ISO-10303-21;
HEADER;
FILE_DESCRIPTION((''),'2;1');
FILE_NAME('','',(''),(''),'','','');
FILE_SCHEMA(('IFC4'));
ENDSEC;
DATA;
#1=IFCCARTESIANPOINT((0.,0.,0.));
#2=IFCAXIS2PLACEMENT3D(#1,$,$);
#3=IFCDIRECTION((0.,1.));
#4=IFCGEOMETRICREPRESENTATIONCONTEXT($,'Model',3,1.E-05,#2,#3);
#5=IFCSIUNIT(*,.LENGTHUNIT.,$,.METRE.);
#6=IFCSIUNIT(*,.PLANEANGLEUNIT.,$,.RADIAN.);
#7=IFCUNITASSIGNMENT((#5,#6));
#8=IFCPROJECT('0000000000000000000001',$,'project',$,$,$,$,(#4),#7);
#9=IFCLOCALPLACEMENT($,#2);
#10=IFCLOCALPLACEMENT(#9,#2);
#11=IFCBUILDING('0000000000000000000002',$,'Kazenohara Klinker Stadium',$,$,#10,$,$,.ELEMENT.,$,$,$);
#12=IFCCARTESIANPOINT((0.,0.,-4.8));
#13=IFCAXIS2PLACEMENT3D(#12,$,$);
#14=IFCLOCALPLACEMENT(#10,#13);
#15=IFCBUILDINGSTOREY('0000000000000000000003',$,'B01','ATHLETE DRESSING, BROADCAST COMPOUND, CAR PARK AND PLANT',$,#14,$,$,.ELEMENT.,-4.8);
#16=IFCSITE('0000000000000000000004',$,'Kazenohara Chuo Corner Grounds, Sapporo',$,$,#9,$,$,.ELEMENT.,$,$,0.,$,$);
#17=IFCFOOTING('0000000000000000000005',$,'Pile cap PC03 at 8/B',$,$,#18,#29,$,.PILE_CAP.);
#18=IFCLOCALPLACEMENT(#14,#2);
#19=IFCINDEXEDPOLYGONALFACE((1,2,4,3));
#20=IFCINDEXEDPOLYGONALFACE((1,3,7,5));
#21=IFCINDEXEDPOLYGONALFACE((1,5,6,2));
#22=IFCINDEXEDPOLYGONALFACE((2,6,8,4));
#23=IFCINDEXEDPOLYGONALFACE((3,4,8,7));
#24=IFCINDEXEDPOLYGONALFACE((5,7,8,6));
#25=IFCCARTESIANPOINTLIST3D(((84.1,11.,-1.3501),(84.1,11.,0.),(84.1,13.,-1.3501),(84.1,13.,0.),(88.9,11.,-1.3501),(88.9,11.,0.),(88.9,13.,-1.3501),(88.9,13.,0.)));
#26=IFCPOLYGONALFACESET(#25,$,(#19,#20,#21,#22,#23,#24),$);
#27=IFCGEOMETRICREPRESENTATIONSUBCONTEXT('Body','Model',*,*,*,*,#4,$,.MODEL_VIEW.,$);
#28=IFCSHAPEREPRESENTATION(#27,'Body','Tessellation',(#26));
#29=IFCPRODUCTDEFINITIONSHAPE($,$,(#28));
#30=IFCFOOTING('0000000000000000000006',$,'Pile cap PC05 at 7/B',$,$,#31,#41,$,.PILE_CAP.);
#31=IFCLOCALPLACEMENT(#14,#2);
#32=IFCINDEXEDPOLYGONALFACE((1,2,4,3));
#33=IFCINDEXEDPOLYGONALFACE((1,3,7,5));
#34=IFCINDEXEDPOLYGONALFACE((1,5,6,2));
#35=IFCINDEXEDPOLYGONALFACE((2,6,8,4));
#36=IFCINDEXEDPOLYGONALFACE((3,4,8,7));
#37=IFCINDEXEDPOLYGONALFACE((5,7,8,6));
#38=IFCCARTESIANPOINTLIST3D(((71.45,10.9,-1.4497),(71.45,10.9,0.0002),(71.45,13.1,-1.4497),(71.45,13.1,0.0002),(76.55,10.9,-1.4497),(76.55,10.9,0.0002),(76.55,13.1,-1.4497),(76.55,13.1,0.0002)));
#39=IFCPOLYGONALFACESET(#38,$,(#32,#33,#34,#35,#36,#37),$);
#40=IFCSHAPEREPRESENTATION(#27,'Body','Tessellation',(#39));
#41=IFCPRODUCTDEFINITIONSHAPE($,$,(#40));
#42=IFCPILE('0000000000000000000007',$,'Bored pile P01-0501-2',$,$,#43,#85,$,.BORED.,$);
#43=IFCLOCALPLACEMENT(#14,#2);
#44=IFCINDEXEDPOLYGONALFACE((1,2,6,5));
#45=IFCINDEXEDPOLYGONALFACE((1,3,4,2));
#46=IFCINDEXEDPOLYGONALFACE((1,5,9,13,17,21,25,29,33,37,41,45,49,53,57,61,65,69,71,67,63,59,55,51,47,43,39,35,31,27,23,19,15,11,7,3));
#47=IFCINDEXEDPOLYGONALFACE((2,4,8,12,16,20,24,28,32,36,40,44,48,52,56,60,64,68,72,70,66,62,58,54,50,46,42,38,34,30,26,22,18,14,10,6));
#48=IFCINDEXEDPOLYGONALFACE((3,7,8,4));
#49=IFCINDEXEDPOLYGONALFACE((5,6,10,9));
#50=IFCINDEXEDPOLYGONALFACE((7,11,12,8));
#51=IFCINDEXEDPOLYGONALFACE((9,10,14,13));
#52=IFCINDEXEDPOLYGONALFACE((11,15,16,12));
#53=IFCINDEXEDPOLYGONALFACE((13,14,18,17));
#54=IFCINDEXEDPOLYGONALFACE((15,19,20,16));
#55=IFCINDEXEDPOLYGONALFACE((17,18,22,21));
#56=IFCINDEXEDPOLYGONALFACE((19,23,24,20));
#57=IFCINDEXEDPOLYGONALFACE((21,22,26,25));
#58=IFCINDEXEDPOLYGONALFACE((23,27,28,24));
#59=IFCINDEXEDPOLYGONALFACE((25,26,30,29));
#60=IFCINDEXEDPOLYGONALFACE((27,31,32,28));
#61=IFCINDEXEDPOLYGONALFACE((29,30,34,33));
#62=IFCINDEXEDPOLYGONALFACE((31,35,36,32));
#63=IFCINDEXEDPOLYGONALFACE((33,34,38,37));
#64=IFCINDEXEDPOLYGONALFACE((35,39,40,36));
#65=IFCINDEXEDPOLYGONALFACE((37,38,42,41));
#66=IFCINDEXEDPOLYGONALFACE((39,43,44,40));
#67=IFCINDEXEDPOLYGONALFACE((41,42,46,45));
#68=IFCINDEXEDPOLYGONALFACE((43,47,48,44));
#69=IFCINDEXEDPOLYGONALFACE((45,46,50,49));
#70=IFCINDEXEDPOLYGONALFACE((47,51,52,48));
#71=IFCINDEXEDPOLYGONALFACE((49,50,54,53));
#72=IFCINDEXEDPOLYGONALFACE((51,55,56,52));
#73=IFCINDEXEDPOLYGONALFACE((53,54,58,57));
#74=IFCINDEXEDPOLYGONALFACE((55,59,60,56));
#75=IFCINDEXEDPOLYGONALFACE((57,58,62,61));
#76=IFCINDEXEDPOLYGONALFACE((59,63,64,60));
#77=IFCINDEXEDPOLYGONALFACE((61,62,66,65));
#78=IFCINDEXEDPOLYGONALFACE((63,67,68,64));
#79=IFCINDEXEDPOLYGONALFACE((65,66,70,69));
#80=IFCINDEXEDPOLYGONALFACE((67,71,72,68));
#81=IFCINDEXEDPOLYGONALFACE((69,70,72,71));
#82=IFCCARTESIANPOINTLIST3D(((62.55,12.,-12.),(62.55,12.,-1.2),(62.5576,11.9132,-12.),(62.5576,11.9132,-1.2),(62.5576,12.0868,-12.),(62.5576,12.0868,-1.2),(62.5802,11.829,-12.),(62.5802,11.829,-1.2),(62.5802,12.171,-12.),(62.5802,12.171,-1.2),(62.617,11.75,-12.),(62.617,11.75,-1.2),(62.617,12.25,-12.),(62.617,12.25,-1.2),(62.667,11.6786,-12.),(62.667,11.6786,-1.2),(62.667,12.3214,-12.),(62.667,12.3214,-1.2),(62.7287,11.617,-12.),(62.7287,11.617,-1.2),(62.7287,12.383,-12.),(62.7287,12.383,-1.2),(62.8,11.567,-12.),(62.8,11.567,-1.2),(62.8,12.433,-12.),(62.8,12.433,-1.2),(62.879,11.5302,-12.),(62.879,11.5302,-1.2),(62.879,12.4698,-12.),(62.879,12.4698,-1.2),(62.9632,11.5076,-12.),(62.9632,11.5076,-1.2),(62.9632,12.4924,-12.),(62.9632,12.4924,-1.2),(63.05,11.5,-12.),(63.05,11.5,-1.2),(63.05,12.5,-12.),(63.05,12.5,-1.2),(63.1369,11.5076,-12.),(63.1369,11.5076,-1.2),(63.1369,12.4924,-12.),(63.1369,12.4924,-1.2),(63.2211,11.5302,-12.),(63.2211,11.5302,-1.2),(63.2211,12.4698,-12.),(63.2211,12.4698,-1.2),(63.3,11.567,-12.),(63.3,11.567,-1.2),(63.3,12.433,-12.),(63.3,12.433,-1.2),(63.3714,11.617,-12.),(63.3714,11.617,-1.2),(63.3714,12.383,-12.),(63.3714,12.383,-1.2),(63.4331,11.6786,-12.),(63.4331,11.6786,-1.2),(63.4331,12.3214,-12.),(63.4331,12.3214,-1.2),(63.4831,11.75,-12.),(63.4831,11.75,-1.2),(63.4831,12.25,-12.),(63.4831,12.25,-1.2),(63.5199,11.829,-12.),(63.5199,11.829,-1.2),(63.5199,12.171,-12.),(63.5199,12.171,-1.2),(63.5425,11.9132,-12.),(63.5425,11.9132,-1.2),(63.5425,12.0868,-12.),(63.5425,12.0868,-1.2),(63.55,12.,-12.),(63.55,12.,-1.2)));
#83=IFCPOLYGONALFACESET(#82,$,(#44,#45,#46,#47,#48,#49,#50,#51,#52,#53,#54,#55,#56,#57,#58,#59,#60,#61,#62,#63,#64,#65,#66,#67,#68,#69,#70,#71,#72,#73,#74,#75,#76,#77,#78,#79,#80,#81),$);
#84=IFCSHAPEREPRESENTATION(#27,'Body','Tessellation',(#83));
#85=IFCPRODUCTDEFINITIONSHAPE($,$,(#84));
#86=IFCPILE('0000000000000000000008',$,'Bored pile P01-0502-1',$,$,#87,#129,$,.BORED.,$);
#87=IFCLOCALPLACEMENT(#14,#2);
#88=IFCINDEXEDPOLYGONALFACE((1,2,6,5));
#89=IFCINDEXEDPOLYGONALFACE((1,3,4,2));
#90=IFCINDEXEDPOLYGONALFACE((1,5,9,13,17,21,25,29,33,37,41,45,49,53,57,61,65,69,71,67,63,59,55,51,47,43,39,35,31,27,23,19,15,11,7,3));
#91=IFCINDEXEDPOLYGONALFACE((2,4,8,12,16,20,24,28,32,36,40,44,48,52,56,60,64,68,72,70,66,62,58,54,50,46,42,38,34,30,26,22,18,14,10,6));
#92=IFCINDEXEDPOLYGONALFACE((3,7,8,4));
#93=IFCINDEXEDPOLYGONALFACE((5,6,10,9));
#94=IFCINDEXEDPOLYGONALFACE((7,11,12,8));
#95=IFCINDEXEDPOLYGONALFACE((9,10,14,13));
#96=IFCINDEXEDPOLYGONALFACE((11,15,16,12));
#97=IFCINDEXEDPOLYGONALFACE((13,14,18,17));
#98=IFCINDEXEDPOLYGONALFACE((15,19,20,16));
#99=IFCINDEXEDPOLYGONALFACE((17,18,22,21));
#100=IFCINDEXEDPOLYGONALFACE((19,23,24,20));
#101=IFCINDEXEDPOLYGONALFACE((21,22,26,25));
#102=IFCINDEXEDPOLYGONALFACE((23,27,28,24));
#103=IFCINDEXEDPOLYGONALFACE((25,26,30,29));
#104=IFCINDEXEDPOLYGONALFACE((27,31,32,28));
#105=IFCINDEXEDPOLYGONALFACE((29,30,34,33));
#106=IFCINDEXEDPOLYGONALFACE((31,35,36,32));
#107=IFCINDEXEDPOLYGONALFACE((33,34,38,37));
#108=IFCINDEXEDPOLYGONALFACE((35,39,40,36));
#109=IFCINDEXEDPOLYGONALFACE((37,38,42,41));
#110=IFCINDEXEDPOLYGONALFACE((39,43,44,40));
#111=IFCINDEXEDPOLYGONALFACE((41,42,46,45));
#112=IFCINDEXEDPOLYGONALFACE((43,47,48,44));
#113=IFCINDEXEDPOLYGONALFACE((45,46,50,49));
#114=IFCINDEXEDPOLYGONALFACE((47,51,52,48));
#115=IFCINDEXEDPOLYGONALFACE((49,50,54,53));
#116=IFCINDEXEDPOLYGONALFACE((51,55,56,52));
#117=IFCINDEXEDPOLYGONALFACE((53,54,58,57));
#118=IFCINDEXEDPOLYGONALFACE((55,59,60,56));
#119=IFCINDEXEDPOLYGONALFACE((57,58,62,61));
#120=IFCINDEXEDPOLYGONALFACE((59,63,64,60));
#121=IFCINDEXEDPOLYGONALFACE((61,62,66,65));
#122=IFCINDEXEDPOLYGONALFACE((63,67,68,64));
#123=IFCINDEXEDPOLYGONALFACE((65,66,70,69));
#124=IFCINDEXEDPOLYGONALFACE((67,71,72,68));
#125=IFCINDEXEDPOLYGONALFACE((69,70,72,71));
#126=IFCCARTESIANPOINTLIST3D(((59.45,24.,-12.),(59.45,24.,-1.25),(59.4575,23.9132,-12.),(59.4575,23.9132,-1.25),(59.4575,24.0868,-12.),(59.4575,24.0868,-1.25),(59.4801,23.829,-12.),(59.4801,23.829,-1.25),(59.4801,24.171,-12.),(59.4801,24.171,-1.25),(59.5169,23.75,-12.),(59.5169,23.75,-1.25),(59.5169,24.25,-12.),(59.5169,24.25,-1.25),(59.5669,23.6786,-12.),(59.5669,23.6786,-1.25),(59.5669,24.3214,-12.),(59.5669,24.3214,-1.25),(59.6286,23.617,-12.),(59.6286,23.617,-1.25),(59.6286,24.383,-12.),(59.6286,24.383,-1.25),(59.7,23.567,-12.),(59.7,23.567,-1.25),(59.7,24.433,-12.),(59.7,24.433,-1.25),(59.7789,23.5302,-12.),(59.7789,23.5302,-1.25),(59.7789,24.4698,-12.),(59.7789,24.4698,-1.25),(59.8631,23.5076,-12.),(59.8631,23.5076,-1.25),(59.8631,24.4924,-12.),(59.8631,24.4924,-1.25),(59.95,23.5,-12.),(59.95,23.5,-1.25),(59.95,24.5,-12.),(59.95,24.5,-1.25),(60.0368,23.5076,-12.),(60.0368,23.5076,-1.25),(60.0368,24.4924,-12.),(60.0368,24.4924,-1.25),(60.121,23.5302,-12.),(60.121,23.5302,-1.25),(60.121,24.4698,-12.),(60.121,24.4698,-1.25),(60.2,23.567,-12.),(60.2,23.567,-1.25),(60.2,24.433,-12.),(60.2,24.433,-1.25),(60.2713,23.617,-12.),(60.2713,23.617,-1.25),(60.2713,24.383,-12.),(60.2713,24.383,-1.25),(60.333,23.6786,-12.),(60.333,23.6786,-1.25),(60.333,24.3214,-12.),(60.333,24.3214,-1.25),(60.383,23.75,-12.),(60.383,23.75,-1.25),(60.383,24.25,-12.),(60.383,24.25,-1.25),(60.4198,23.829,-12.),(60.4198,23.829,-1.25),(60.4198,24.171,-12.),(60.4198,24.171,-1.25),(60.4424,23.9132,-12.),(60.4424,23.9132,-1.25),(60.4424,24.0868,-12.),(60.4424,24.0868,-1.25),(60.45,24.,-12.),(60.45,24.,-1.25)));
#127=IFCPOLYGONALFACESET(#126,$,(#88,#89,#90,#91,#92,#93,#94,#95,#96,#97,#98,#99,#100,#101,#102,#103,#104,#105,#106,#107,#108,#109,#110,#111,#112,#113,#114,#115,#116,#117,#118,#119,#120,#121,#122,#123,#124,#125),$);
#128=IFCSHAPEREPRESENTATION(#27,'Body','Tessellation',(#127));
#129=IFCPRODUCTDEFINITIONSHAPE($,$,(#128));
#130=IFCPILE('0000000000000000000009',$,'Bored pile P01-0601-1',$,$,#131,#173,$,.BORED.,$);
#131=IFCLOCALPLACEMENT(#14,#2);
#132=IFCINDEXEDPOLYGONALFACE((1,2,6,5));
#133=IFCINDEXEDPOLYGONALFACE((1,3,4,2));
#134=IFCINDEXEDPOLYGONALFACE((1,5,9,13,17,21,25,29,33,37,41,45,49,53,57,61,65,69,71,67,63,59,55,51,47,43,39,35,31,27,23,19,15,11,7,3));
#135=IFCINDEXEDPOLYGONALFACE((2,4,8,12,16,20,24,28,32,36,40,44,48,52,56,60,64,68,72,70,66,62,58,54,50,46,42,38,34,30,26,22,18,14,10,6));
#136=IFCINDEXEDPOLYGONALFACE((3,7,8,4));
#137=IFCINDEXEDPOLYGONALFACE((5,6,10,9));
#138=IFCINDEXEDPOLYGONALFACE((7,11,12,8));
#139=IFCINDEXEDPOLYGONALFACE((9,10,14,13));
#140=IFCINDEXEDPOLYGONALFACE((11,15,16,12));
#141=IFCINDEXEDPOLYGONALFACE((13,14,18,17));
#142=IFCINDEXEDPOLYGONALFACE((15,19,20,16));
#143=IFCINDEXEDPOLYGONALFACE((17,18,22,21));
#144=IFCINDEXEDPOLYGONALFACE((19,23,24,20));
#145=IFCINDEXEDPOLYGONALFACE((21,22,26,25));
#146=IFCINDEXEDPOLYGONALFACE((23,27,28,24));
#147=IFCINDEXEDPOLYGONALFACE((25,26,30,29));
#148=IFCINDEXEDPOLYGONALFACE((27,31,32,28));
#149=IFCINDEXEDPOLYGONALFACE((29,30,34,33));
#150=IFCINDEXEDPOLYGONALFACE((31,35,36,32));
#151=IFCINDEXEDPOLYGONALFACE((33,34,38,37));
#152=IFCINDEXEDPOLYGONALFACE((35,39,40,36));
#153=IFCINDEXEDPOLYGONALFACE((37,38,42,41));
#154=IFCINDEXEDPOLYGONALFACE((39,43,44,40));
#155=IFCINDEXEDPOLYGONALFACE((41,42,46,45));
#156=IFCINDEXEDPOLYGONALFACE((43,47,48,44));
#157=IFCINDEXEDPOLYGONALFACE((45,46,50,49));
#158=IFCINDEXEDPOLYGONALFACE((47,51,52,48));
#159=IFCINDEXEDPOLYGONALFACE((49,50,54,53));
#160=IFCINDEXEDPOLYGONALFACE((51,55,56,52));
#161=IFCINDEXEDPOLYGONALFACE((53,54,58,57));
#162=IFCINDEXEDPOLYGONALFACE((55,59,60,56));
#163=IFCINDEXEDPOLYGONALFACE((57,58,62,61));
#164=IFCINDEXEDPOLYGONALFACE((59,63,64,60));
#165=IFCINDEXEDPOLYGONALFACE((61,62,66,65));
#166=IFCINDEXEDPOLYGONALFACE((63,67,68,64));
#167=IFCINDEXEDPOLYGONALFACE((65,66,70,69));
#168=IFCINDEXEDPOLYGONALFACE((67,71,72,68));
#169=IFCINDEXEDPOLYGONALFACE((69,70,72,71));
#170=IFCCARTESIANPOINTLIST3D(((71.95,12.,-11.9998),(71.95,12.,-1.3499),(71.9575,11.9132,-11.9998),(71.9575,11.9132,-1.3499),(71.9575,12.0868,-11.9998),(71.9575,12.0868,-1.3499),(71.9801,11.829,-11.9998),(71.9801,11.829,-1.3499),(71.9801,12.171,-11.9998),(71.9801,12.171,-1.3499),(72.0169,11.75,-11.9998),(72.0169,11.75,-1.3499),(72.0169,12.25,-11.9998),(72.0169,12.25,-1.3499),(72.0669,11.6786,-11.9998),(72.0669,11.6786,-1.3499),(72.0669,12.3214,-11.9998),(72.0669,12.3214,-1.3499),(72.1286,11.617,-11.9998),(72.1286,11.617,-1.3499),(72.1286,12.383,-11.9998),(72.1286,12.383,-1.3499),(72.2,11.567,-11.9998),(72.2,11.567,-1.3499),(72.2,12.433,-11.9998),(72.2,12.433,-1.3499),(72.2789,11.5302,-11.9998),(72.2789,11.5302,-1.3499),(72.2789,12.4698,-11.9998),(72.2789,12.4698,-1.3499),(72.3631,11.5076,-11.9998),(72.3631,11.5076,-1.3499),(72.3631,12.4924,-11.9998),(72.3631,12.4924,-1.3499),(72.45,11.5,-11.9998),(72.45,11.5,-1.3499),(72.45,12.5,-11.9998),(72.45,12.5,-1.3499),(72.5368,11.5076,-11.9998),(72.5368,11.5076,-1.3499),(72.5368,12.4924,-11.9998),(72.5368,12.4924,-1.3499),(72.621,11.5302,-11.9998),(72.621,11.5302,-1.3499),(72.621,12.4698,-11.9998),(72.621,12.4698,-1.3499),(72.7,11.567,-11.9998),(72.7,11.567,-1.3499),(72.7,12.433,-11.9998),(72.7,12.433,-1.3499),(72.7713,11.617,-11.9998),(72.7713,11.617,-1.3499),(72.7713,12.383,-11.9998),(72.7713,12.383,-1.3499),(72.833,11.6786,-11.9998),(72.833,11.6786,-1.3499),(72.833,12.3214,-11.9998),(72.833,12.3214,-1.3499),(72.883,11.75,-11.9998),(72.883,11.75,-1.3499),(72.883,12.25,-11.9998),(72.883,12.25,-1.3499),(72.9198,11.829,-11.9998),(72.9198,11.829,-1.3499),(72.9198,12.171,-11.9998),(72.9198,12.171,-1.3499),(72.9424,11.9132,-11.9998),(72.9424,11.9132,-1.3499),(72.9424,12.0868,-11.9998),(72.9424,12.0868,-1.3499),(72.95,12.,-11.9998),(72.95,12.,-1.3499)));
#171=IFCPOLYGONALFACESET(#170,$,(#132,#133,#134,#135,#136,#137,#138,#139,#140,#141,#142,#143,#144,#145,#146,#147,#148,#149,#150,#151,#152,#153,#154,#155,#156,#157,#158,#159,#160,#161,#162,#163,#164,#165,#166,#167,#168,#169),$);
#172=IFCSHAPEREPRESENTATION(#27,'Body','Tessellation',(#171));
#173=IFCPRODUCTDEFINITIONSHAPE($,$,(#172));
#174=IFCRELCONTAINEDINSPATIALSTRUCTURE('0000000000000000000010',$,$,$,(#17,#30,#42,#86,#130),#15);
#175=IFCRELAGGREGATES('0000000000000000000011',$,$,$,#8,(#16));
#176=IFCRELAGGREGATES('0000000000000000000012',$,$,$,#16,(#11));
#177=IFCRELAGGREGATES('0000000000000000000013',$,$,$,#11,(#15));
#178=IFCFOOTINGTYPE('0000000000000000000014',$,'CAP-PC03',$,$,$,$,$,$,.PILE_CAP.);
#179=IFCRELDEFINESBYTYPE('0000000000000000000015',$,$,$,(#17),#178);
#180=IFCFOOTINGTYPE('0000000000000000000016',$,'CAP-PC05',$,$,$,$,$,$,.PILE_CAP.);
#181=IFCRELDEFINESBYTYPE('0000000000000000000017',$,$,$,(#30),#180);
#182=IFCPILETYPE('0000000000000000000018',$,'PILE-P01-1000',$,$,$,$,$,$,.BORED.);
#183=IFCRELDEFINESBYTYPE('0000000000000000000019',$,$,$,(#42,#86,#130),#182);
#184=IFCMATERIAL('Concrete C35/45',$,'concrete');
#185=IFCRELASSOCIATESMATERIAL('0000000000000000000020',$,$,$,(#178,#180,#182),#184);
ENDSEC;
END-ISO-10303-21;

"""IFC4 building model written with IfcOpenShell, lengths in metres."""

from ifc_helpers import new_model, si_unit, direction, frame, origin, origin_2d, place, context, subcontext, project, spatial, rectangle, circle, extrude, material, material_profile, profile_set, type_object, element, save


model = new_model("IFC4")

# Units and contexts
model_context = context("Model", 3, precision=1e-05, world=origin(), true_north=direction((0.0, 1.0)))
body_context = subcontext(model_context, "Body", "Model", "MODEL_VIEW")
ifc_project = project(units=[si_unit("LENGTHUNIT", "METRE"), si_unit("PLANEANGLEUNIT", "RADIAN")], contexts=[model_context])

# Site, building, storey
site_placement = place(None, origin())
site = spatial("IfcSite", under=ifc_project, at=site_placement, Name="Kazenohara Chuo Corner Grounds, Sapporo", CompositionType="ELEMENT", RefElevation=0.0)
building_placement = place(site_placement, origin())
building = spatial("IfcBuilding", under=site, at=building_placement, Name="Kazenohara Klinker Stadium", CompositionType="ELEMENT")
storey_placement = place(building_placement, frame((0.0, 0.0, -4.8)))
storey = spatial("IfcBuildingStorey", under=building, at=storey_placement, Name="B01", Description="ATHLETE DRESSING, BROADCAST COMPOUND, CAR PARK AND PLANT", CompositionType="ELEMENT", Elevation=-4.8)

# Footings
ifc_material_1 = material(Name="Concrete C35/45", Category="concrete")
footing_type_1 = type_object("IfcFootingType", Name="CAP-PC03", PredefinedType="PILE_CAP", material=ifc_material_1)
footing_1_placement = place(storey_placement, frame((86.5, 12.0, -1.3501), z_axis=(0.0, 0.0, 1.0), x_axis=(1.0, 0.0, 0.0)))
element("IfcFooting", 1, at=footing_1_placement, inside=storey, type_object=footing_type_1, Name="Pile cap PC03 at 8/B", PredefinedType="PILE_CAP", context=body_context, shape_type="SweptSolid", body=[
    extrude(rectangle(XDim=4.8, YDim=2.0, at=origin_2d()), origin(), (0.0, 0.0, 1.0), 1.3501),
])
footing_type_2 = type_object("IfcFootingType", Name="CAP-PC05", PredefinedType="PILE_CAP", material=ifc_material_1)
footing_2_placement = place(storey_placement, frame((74.0, 12.0, -1.4497), z_axis=(0.0, 0.0, 1.0), x_axis=(1.0, 0.0, 0.0)))
element("IfcFooting", 2, at=footing_2_placement, inside=storey, type_object=footing_type_2, Name="Pile cap PC05 at 7/B", PredefinedType="PILE_CAP", context=body_context, shape_type="SweptSolid", body=[
    extrude(rectangle(XDim=5.1001, YDim=2.2, at=origin_2d()), origin(), (0.0, 0.0, 1.0), 1.45),
])

# Piles
ifc_material_profile_1 = material_profile(ifc_material_1, circle(Radius=0.5, at=origin_2d()), Name="BORED-PILE-1000")
ifc_profile_set_1 = profile_set([ifc_material_profile_1], Name="Concrete C35/45")
pile_type = type_object("IfcPileType", Name="PILE-P01-1000", PredefinedType="BORED", material=ifc_profile_set_1)
pile_1_placement = place(storey_placement, frame((63.05, 12.0, -1.2), z_axis=(0.0, 0.0, -1.0), x_axis=(1.0, 0.0, 0.0)))
element("IfcPile", 3, at=pile_1_placement, inside=storey, type_object=pile_type, Name="Bored pile P01-0501-2", PredefinedType="BORED", context=body_context, shape_type="SweptSolid", body=[
    extrude(circle(Radius=0.5, at=origin_2d()), origin(), (0.0, 0.0, 1.0), 10.8),
])
pile_2_placement = place(storey_placement, frame((59.95, 24.0, -1.25), z_axis=(0.0, 0.0, -1.0), x_axis=(1.0, 0.0, 0.0)))
element("IfcPile", 4, at=pile_2_placement, inside=storey, type_object=pile_type, Name="Bored pile P01-0502-1", PredefinedType="BORED", context=body_context, shape_type="SweptSolid", body=[
    extrude(circle(Radius=0.5, at=origin_2d()), origin(), (0.0, 0.0, 1.0), 10.75),
])
for number, where, z_axis, x_axis, name in (
    (5, (72.45, 12.0, -1.3499), (0.0, 0.0, -1.0), (1.0, 0.0, 0.0), "Bored pile P01-0601-1"),
):
    element("IfcPile", number, at=place(storey_placement, frame(where, z_axis=z_axis, x_axis=x_axis)), inside=storey, type_object=pile_type, Name=name, PredefinedType="BORED", context=body_context, shape_type="SweptSolid", body=[
        extrude(circle(Radius=0.5, at=origin_2d()), origin(), (0.0, 0.0, 1.0), 10.6499),
    ])

save(model, "model.ifc")
